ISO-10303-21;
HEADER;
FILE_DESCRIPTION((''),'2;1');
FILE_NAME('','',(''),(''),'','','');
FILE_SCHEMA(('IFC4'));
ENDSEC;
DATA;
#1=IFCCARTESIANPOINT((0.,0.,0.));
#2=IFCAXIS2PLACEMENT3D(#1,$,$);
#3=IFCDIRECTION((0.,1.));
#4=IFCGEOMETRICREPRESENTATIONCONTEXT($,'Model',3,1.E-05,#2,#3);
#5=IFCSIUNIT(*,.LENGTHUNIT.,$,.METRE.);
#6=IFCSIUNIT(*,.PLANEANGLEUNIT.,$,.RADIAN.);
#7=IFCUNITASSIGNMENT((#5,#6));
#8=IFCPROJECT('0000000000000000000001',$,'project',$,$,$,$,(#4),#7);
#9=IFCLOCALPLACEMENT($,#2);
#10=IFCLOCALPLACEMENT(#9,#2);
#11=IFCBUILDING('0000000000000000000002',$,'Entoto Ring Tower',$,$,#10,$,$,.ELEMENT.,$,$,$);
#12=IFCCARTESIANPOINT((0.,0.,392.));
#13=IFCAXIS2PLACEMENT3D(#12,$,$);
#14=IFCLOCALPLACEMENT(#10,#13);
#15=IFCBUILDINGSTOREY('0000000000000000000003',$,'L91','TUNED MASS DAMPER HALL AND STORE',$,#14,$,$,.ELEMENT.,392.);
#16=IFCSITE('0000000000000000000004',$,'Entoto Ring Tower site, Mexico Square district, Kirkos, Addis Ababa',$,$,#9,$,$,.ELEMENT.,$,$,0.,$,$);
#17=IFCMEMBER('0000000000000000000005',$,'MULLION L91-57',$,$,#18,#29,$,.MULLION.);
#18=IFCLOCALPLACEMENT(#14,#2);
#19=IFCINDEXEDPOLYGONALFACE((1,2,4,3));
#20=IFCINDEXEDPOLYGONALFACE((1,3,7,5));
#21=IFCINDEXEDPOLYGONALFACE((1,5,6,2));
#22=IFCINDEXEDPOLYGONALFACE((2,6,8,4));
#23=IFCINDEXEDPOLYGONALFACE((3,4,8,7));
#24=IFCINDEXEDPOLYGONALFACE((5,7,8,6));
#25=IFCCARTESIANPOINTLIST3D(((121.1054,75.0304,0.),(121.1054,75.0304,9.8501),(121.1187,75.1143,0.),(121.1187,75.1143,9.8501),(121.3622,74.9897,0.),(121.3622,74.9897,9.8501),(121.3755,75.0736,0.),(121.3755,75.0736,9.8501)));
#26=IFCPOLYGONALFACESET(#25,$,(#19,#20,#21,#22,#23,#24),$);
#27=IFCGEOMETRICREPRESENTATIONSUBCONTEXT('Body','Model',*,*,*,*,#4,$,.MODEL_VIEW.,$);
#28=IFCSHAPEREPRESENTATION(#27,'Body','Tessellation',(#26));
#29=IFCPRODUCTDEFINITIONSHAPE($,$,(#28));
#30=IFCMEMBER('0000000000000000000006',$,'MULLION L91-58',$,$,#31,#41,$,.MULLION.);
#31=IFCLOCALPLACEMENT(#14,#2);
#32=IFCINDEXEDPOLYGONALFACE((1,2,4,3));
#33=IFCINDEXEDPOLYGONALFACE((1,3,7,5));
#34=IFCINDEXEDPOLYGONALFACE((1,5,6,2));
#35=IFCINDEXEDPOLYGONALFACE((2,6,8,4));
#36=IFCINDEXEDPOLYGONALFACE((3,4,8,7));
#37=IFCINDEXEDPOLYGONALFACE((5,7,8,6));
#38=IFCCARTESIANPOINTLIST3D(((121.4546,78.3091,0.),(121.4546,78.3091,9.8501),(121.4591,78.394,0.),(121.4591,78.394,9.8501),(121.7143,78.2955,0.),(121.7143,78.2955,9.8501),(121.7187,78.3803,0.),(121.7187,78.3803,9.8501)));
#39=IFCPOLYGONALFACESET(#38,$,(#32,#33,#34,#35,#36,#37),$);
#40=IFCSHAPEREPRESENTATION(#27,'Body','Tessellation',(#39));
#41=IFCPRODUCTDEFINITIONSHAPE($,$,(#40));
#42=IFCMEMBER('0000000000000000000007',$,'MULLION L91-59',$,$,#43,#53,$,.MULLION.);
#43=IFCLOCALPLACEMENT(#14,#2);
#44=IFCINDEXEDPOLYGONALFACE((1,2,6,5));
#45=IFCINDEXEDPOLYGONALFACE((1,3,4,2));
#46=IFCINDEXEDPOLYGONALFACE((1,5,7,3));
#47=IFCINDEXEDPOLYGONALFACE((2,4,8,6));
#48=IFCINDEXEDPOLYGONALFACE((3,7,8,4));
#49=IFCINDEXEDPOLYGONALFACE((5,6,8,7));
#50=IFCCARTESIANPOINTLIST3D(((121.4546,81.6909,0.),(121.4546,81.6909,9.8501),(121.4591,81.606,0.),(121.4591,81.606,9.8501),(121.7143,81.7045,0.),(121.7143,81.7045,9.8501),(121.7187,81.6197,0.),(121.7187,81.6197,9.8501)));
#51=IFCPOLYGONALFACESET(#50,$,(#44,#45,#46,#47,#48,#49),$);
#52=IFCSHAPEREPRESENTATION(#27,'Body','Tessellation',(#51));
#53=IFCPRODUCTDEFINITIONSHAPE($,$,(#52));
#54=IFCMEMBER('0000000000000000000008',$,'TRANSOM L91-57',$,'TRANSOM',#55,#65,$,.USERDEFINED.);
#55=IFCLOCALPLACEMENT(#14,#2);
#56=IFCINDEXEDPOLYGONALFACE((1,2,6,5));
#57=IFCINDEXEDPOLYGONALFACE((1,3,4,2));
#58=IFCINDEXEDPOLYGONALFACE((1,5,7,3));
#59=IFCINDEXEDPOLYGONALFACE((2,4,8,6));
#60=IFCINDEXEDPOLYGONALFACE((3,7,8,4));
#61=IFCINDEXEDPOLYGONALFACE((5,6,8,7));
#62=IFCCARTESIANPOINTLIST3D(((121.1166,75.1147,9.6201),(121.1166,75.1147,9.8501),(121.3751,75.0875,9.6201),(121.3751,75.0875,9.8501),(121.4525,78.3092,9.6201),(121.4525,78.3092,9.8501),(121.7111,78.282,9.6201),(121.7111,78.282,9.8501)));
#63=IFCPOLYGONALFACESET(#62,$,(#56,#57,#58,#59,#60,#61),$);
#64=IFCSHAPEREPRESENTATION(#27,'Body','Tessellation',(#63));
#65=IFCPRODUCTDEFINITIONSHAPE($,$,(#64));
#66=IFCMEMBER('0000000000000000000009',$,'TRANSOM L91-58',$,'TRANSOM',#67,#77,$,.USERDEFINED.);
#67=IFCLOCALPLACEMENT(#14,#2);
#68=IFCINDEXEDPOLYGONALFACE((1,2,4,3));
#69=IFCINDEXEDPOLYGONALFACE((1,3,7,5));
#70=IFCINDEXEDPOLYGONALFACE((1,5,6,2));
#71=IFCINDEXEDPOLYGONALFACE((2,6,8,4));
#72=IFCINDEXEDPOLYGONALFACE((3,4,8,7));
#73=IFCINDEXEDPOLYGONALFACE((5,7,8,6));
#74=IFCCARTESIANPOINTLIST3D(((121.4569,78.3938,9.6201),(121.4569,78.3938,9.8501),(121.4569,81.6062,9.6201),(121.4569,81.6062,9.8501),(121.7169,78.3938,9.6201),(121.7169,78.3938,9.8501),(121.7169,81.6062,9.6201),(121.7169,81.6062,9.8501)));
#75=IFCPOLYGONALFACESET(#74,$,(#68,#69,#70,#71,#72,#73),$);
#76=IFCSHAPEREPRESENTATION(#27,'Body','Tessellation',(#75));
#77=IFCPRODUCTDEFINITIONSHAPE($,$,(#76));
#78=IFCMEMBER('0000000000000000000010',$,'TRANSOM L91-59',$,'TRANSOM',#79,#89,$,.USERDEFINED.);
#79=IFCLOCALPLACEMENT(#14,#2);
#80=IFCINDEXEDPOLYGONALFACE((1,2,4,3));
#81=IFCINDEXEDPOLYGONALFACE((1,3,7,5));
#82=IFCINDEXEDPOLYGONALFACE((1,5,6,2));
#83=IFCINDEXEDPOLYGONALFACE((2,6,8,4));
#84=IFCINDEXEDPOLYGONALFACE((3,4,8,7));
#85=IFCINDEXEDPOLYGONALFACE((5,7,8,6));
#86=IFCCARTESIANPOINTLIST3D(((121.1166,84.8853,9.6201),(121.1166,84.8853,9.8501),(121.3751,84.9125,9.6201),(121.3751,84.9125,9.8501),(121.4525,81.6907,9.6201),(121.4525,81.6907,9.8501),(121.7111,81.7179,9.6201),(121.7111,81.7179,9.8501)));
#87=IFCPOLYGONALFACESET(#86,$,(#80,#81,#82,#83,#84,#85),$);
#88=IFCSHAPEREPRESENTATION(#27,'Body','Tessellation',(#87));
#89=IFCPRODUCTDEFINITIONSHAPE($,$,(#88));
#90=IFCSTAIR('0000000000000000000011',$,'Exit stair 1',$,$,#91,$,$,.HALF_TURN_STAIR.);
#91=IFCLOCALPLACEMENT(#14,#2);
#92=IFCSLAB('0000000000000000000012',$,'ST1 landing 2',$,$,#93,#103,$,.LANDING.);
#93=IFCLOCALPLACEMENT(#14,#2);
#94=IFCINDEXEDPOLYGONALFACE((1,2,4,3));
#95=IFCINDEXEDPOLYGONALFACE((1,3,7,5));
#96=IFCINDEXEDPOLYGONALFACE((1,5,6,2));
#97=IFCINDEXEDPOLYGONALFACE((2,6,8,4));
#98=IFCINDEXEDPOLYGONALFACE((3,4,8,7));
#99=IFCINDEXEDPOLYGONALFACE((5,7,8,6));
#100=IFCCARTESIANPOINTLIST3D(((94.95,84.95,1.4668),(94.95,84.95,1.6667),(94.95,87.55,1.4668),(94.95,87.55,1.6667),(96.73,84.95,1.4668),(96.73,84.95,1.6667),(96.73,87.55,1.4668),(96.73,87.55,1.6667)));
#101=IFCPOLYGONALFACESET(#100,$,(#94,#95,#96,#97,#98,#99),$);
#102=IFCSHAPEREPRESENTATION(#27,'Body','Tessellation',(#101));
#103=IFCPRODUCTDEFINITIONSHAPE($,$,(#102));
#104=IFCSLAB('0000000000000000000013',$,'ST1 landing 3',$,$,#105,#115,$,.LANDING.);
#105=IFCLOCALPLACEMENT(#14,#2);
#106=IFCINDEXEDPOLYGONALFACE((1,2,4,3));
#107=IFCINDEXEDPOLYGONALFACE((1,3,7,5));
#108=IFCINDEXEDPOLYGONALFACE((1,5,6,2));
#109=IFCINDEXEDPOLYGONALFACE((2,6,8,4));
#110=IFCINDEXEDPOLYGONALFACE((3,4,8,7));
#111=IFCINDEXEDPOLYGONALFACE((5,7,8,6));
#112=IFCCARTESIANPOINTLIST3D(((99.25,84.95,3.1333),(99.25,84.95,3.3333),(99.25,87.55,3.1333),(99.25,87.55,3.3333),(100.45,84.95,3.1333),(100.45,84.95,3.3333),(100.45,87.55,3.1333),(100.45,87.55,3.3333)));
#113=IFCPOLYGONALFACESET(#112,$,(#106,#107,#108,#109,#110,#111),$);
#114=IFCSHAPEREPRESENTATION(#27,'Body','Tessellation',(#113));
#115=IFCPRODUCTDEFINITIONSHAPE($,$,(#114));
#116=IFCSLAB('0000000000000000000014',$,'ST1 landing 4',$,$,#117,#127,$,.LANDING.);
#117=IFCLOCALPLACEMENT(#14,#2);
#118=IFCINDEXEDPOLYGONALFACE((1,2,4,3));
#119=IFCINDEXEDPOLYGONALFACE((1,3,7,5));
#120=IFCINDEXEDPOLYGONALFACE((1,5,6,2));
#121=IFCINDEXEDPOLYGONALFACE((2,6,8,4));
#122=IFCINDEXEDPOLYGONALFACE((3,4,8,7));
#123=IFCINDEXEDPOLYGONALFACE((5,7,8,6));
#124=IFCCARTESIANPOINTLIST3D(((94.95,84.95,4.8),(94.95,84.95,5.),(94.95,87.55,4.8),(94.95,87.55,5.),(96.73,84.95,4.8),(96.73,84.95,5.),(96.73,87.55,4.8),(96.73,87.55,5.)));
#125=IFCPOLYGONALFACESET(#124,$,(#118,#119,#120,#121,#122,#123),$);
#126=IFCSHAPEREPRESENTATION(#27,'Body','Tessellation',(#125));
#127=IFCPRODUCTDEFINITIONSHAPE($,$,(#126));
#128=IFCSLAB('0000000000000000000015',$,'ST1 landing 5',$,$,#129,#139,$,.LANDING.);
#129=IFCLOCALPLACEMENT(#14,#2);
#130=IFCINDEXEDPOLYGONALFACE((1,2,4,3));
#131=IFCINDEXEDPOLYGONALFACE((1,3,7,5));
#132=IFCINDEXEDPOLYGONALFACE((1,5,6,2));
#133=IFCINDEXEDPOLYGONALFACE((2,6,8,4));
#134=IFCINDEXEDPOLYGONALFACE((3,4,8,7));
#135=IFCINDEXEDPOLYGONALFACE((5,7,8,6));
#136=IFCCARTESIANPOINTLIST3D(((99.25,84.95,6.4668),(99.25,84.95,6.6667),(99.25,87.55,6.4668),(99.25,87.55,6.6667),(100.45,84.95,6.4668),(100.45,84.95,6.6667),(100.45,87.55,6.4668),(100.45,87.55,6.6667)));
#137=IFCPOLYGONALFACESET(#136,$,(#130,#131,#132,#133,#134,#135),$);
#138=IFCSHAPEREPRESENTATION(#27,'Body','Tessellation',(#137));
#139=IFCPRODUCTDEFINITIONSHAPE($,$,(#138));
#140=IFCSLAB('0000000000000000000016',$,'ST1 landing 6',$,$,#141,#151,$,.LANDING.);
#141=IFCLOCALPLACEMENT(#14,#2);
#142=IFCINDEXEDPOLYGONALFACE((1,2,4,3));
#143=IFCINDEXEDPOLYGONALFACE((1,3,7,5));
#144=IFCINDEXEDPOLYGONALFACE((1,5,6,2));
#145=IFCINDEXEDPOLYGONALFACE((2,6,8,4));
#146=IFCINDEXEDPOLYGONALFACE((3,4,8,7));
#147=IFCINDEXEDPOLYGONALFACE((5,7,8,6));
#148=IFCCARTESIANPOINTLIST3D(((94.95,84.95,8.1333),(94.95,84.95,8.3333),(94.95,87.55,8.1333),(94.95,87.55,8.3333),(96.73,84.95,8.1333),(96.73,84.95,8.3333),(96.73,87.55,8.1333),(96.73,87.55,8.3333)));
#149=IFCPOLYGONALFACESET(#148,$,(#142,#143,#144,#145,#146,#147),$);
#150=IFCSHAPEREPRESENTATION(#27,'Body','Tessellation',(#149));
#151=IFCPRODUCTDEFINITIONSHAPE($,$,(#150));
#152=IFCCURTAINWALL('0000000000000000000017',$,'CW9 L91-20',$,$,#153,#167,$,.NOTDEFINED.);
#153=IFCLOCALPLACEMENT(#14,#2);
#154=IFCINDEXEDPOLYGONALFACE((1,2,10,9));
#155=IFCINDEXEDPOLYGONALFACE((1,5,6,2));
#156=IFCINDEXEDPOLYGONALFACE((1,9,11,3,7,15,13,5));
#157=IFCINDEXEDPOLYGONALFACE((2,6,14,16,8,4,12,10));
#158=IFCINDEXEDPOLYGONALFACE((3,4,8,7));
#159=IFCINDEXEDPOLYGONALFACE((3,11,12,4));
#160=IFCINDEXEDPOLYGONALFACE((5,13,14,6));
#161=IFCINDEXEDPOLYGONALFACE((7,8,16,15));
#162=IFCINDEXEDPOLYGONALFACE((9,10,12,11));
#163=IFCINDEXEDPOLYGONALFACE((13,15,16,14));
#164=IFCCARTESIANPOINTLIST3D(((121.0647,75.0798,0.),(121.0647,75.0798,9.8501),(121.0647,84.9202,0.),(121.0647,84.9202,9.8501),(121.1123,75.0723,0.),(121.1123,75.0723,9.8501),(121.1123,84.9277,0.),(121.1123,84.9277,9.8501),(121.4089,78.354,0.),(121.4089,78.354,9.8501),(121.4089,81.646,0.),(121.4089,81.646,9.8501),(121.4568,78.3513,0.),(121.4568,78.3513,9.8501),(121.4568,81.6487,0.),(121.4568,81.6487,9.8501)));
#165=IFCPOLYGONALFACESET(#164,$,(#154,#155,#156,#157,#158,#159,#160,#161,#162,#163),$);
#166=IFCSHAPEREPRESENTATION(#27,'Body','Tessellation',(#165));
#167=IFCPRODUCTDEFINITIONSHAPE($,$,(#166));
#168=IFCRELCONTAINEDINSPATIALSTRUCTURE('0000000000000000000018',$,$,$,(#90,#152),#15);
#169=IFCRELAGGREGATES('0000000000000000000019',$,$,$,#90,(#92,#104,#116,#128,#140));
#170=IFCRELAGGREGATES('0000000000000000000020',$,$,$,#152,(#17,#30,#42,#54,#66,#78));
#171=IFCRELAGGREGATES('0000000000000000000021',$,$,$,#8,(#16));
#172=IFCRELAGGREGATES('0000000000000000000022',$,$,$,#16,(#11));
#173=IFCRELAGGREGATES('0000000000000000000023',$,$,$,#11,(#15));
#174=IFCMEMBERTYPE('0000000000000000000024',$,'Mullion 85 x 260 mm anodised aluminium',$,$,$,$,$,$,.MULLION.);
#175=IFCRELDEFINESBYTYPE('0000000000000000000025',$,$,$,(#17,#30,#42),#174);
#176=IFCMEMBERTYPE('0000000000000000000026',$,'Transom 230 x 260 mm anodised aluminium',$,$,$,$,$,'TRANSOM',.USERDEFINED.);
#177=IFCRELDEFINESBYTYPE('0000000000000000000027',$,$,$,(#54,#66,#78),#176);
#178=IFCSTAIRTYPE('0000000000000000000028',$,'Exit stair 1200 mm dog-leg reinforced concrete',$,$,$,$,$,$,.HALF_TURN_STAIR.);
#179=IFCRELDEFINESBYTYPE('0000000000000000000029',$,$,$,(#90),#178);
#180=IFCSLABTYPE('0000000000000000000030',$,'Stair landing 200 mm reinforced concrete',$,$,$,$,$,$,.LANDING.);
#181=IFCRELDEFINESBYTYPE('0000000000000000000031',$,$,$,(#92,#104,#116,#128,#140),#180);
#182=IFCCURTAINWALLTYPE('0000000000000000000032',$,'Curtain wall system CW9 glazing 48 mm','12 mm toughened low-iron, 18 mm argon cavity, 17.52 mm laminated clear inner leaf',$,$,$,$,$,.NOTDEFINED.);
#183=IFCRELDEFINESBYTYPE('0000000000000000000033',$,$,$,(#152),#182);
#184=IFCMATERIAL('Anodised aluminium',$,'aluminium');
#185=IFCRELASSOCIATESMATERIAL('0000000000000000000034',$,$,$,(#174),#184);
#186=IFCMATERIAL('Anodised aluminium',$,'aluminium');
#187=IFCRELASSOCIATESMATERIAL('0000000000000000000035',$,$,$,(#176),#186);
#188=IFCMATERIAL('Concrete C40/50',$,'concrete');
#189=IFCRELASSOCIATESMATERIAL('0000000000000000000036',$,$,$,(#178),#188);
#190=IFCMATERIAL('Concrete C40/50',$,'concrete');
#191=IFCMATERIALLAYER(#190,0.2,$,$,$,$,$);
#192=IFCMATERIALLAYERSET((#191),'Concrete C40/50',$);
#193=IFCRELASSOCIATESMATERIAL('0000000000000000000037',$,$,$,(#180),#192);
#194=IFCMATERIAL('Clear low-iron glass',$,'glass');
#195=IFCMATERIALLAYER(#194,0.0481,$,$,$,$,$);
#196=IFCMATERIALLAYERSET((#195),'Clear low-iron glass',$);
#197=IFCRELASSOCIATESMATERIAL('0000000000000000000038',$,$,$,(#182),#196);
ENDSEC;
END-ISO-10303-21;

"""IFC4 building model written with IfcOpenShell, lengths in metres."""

from ifc_helpers import new_model, si_unit, direction, frame, origin, origin_2d, place, context, subcontext, project, spatial, polyline, rectangle, outline, extrude, material, layer, layer_set, material_profile, profile_set, type_object, element, aggregate, save


model = new_model("IFC4")

# Units and contexts
model_context = context("Model", 3, precision=1e-05, world=origin(), true_north=direction((0.0, 1.0)))
body_context = subcontext(model_context, "Body", "Model", "MODEL_VIEW")
ifc_project = project(units=[si_unit("LENGTHUNIT", "METRE"), si_unit("PLANEANGLEUNIT", "RADIAN")], contexts=[model_context])

# Members
ifc_material_1 = material(Name="Anodised aluminium", Category="aluminium")
ifc_material_profile_1 = material_profile(ifc_material_1, rectangle(XDim=0.085, YDim=0.26, at=origin_2d()), Name="Mullion 85 x 260 mm anodised aluminium")
ifc_profile_set_1 = profile_set([ifc_material_profile_1], Name="Anodised aluminium")
member_type_1 = type_object("IfcMemberType", Name="Mullion 85 x 260 mm anodised aluminium", PredefinedType="MULLION", material=ifc_profile_set_1)
site_placement = place(None, origin())
building_placement = place(site_placement, origin())
storey_placement = place(building_placement, frame((0.0, 0.0, 392.0)))
member_1_placement = place(storey_placement, frame((121.2405, 75.052, 0.0), z_axis=(0.0, 0.0, 1.0), x_axis=(0.156434, 0.987688, 0.0)))
member_1 = element("IfcMember", 1, at=member_1_placement, type_object=member_type_1, Name="MULLION L91-57", PredefinedType="MULLION", context=body_context, shape_type="SweptSolid", body=[
    extrude(rectangle(XDim=0.085, YDim=0.26, at=origin_2d()), origin(), (0.0, 0.0, 1.0), 9.8501),
])
member_2_placement = place(storey_placement, frame((121.5867, 78.3447, 0.0), z_axis=(0.0, 0.0, 1.0), x_axis=(0.052336, 0.99863, 0.0)))
member_2 = element("IfcMember", 2, at=member_2_placement, type_object=member_type_1, Name="MULLION L91-58", PredefinedType="MULLION", context=body_context, shape_type="SweptSolid", body=[
    extrude(rectangle(XDim=0.085, YDim=0.26, at=origin_2d()), origin(), (0.0, 0.0, 1.0), 9.8501),
])
member_3_placement = place(storey_placement, frame((121.5867, 81.6553, 0.0), z_axis=(0.0, 0.0, 1.0), x_axis=(-0.052336, 0.99863, 0.0)))
member_3 = element("IfcMember", 3, at=member_3_placement, type_object=member_type_1, Name="MULLION L91-59", PredefinedType="MULLION", context=body_context, shape_type="SweptSolid", body=[
    extrude(rectangle(XDim=0.085, YDim=0.26, at=origin_2d()), origin(), (0.0, 0.0, 1.0), 9.8501),
])
ifc_material_2 = material(Name="Anodised aluminium", Category="aluminium")
ifc_material_profile_2 = material_profile(ifc_material_2, rectangle(XDim=0.26, YDim=0.23, at=origin_2d()), Name="Transom 230 x 260 mm anodised aluminium")
ifc_profile_set_2 = profile_set([ifc_material_profile_2], Name="Anodised aluminium")
member_type_2 = type_object("IfcMemberType", Name="Transom 230 x 260 mm anodised aluminium", ElementType="TRANSOM", PredefinedType="USERDEFINED", material=ifc_profile_set_2)
member_4_placement = place(storey_placement, frame((121.2458, 75.1011, 9.7351), z_axis=(0.104582, 0.994516, 0.0), x_axis=(-0.994516, 0.104582, 0.0)))
member_4 = element("IfcMember", 4, at=member_4_placement, type_object=member_type_2, Name="TRANSOM L91-57", ObjectType="TRANSOM", PredefinedType="USERDEFINED", context=body_context, shape_type="SweptSolid", body=[
    extrude(rectangle(XDim=0.26, YDim=0.23, at=origin_2d()), origin(), (0.0, 0.0, 1.0), 3.2122),
])
member_5_placement = place(storey_placement, frame((121.5869, 78.3938, 9.7351), z_axis=(0.0, 1.0, 0.0), x_axis=(-1.0, 0.0, 0.0)))
member_5 = element("IfcMember", 5, at=member_5_placement, type_object=member_type_2, Name="TRANSOM L91-58", ObjectType="TRANSOM", PredefinedType="USERDEFINED", context=body_context, shape_type="SweptSolid", body=[
    extrude(rectangle(XDim=0.26, YDim=0.23, at=origin_2d()), origin(), (0.0, 0.0, 1.0), 3.2124),
])
member_6_placement = place(storey_placement, frame((121.5818, 81.7043, 9.7351), z_axis=(-0.104582, 0.994516, 0.0), x_axis=(-0.994516, -0.104582, 0.0)))
member_6 = element("IfcMember", 6, at=member_6_placement, type_object=member_type_2, Name="TRANSOM L91-59", ObjectType="TRANSOM", PredefinedType="USERDEFINED", context=body_context, shape_type="SweptSolid", body=[
    extrude(rectangle(XDim=0.26, YDim=0.23, at=origin_2d()), origin(), (0.0, 0.0, 1.0), 3.2122),
])

# Site, building, storey
site = spatial("IfcSite", under=ifc_project, at=site_placement, Name="Entoto Ring Tower site, Mexico Square district, Kirkos, Addis Ababa", CompositionType="ELEMENT", RefElevation=0.0)
building = spatial("IfcBuilding", under=site, at=building_placement, Name="Entoto Ring Tower", CompositionType="ELEMENT")
storey = spatial("IfcBuildingStorey", under=building, at=storey_placement, Name="L91", Description="TUNED MASS DAMPER HALL AND STORE", CompositionType="ELEMENT", Elevation=392.0)

# Stair, slabs
ifc_material_3 = material(Name="Concrete C40/50", Category="concrete")
stair_type = type_object("IfcStairType", Name="Exit stair 1200 mm dog-leg reinforced concrete", PredefinedType="HALF_TURN_STAIR", material=ifc_material_3)
stair_placement = place(storey_placement, origin())
stair = element("IfcStair", 7, at=stair_placement, inside=storey, type_object=stair_type, Name="Exit stair 1", PredefinedType="HALF_TURN_STAIR")
ifc_material_4 = material(Name="Concrete C40/50", Category="concrete")
ifc_layer_1 = layer(ifc_material_4, 0.2)
ifc_layer_set_1 = layer_set([ifc_layer_1], Name="Concrete C40/50")
slab_type = type_object("IfcSlabType", Name="Stair landing 200 mm reinforced concrete", PredefinedType="LANDING", material=ifc_layer_set_1)
slab_1_placement = place(storey_placement, frame((0.0, 0.0, 1.4668)))
slab_1 = element("IfcSlab", 8, at=slab_1_placement, type_object=slab_type, Name="ST1 landing 2", PredefinedType="LANDING", context=body_context, shape_type="SweptSolid", body=[
    extrude(outline(polyline([(94.95, 84.95), (96.73, 84.95), (96.73, 87.55), (94.95, 87.55), (94.95, 84.95)])), origin(), (0.0, 0.0, 1.0), 0.2),
])
slab_2_placement = place(storey_placement, frame((0.0, 0.0, 3.1333)))
slab_2 = element("IfcSlab", 9, at=slab_2_placement, type_object=slab_type, Name="ST1 landing 3", PredefinedType="LANDING", context=body_context, shape_type="SweptSolid", body=[
    extrude(outline(polyline([(99.25, 84.95), (100.45, 84.95), (100.45, 87.55), (99.25, 87.55), (99.25, 84.95)])), origin(), (0.0, 0.0, 1.0), 0.2),
])
slab_3_placement = place(storey_placement, frame((0.0, 0.0, 4.8)))
slab_3 = element("IfcSlab", 10, at=slab_3_placement, type_object=slab_type, Name="ST1 landing 4", PredefinedType="LANDING", context=body_context, shape_type="SweptSolid", body=[
    extrude(outline(polyline([(94.95, 84.95), (96.73, 84.95), (96.73, 87.55), (94.95, 87.55), (94.95, 84.95)])), origin(), (0.0, 0.0, 1.0), 0.2),
])
slab_4_placement = place(storey_placement, frame((0.0, 0.0, 6.4668)))
slab_4 = element("IfcSlab", 11, at=slab_4_placement, type_object=slab_type, Name="ST1 landing 5", PredefinedType="LANDING", context=body_context, shape_type="SweptSolid", body=[
    extrude(outline(polyline([(99.25, 84.95), (100.45, 84.95), (100.45, 87.55), (99.25, 87.55), (99.25, 84.95)])), origin(), (0.0, 0.0, 1.0), 0.2),
])
slab_5_placement = place(storey_placement, frame((0.0, 0.0, 8.1333)))
slab_5 = element("IfcSlab", 12, at=slab_5_placement, type_object=slab_type, Name="ST1 landing 6", PredefinedType="LANDING", context=body_context, shape_type="SweptSolid", body=[
    extrude(outline(polyline([(94.95, 84.95), (96.73, 84.95), (96.73, 87.55), (94.95, 87.55), (94.95, 84.95)])), origin(), (0.0, 0.0, 1.0), 0.2),
])
aggregate(stair, [slab_1, slab_2, slab_3, slab_4, slab_5])

# Curtain wall
ifc_material_5 = material(Name="Clear low-iron glass", Category="glass")
ifc_layer_2 = layer(ifc_material_5, 0.0481)
ifc_layer_set_2 = layer_set([ifc_layer_2], Name="Clear low-iron glass")
curtain_wall_type = type_object("IfcCurtainWallType", Name="Curtain wall system CW9 glazing 48 mm", Description="12 mm toughened low-iron, 18 mm argon cavity, 17.52 mm laminated clear inner leaf", PredefinedType="NOTDEFINED", material=ifc_layer_set_2)
curtain_wall_1_placement = place(storey_placement, origin())
curtain_wall_1 = element("IfcCurtainWall", 13, at=curtain_wall_1_placement, inside=storey, type_object=curtain_wall_type, Name="CW9 L91-20", PredefinedType="NOTDEFINED", context=body_context, shape_type="SweptSolid", body=[
    extrude(outline(polyline([(121.1123, 75.0723), (121.4568, 78.3513), (121.4568, 81.6487), (121.1123, 84.9277), (121.0647, 84.9202), (121.4089, 81.646), (121.4089, 78.354), (121.0647, 75.0798), (121.1123, 75.0723)])), origin(), (0.0, 0.0, 1.0), 9.8501),
])
aggregate(curtain_wall_1, [member_1, member_2, member_3, member_4, member_5, member_6])

save(model, "model.ifc")
